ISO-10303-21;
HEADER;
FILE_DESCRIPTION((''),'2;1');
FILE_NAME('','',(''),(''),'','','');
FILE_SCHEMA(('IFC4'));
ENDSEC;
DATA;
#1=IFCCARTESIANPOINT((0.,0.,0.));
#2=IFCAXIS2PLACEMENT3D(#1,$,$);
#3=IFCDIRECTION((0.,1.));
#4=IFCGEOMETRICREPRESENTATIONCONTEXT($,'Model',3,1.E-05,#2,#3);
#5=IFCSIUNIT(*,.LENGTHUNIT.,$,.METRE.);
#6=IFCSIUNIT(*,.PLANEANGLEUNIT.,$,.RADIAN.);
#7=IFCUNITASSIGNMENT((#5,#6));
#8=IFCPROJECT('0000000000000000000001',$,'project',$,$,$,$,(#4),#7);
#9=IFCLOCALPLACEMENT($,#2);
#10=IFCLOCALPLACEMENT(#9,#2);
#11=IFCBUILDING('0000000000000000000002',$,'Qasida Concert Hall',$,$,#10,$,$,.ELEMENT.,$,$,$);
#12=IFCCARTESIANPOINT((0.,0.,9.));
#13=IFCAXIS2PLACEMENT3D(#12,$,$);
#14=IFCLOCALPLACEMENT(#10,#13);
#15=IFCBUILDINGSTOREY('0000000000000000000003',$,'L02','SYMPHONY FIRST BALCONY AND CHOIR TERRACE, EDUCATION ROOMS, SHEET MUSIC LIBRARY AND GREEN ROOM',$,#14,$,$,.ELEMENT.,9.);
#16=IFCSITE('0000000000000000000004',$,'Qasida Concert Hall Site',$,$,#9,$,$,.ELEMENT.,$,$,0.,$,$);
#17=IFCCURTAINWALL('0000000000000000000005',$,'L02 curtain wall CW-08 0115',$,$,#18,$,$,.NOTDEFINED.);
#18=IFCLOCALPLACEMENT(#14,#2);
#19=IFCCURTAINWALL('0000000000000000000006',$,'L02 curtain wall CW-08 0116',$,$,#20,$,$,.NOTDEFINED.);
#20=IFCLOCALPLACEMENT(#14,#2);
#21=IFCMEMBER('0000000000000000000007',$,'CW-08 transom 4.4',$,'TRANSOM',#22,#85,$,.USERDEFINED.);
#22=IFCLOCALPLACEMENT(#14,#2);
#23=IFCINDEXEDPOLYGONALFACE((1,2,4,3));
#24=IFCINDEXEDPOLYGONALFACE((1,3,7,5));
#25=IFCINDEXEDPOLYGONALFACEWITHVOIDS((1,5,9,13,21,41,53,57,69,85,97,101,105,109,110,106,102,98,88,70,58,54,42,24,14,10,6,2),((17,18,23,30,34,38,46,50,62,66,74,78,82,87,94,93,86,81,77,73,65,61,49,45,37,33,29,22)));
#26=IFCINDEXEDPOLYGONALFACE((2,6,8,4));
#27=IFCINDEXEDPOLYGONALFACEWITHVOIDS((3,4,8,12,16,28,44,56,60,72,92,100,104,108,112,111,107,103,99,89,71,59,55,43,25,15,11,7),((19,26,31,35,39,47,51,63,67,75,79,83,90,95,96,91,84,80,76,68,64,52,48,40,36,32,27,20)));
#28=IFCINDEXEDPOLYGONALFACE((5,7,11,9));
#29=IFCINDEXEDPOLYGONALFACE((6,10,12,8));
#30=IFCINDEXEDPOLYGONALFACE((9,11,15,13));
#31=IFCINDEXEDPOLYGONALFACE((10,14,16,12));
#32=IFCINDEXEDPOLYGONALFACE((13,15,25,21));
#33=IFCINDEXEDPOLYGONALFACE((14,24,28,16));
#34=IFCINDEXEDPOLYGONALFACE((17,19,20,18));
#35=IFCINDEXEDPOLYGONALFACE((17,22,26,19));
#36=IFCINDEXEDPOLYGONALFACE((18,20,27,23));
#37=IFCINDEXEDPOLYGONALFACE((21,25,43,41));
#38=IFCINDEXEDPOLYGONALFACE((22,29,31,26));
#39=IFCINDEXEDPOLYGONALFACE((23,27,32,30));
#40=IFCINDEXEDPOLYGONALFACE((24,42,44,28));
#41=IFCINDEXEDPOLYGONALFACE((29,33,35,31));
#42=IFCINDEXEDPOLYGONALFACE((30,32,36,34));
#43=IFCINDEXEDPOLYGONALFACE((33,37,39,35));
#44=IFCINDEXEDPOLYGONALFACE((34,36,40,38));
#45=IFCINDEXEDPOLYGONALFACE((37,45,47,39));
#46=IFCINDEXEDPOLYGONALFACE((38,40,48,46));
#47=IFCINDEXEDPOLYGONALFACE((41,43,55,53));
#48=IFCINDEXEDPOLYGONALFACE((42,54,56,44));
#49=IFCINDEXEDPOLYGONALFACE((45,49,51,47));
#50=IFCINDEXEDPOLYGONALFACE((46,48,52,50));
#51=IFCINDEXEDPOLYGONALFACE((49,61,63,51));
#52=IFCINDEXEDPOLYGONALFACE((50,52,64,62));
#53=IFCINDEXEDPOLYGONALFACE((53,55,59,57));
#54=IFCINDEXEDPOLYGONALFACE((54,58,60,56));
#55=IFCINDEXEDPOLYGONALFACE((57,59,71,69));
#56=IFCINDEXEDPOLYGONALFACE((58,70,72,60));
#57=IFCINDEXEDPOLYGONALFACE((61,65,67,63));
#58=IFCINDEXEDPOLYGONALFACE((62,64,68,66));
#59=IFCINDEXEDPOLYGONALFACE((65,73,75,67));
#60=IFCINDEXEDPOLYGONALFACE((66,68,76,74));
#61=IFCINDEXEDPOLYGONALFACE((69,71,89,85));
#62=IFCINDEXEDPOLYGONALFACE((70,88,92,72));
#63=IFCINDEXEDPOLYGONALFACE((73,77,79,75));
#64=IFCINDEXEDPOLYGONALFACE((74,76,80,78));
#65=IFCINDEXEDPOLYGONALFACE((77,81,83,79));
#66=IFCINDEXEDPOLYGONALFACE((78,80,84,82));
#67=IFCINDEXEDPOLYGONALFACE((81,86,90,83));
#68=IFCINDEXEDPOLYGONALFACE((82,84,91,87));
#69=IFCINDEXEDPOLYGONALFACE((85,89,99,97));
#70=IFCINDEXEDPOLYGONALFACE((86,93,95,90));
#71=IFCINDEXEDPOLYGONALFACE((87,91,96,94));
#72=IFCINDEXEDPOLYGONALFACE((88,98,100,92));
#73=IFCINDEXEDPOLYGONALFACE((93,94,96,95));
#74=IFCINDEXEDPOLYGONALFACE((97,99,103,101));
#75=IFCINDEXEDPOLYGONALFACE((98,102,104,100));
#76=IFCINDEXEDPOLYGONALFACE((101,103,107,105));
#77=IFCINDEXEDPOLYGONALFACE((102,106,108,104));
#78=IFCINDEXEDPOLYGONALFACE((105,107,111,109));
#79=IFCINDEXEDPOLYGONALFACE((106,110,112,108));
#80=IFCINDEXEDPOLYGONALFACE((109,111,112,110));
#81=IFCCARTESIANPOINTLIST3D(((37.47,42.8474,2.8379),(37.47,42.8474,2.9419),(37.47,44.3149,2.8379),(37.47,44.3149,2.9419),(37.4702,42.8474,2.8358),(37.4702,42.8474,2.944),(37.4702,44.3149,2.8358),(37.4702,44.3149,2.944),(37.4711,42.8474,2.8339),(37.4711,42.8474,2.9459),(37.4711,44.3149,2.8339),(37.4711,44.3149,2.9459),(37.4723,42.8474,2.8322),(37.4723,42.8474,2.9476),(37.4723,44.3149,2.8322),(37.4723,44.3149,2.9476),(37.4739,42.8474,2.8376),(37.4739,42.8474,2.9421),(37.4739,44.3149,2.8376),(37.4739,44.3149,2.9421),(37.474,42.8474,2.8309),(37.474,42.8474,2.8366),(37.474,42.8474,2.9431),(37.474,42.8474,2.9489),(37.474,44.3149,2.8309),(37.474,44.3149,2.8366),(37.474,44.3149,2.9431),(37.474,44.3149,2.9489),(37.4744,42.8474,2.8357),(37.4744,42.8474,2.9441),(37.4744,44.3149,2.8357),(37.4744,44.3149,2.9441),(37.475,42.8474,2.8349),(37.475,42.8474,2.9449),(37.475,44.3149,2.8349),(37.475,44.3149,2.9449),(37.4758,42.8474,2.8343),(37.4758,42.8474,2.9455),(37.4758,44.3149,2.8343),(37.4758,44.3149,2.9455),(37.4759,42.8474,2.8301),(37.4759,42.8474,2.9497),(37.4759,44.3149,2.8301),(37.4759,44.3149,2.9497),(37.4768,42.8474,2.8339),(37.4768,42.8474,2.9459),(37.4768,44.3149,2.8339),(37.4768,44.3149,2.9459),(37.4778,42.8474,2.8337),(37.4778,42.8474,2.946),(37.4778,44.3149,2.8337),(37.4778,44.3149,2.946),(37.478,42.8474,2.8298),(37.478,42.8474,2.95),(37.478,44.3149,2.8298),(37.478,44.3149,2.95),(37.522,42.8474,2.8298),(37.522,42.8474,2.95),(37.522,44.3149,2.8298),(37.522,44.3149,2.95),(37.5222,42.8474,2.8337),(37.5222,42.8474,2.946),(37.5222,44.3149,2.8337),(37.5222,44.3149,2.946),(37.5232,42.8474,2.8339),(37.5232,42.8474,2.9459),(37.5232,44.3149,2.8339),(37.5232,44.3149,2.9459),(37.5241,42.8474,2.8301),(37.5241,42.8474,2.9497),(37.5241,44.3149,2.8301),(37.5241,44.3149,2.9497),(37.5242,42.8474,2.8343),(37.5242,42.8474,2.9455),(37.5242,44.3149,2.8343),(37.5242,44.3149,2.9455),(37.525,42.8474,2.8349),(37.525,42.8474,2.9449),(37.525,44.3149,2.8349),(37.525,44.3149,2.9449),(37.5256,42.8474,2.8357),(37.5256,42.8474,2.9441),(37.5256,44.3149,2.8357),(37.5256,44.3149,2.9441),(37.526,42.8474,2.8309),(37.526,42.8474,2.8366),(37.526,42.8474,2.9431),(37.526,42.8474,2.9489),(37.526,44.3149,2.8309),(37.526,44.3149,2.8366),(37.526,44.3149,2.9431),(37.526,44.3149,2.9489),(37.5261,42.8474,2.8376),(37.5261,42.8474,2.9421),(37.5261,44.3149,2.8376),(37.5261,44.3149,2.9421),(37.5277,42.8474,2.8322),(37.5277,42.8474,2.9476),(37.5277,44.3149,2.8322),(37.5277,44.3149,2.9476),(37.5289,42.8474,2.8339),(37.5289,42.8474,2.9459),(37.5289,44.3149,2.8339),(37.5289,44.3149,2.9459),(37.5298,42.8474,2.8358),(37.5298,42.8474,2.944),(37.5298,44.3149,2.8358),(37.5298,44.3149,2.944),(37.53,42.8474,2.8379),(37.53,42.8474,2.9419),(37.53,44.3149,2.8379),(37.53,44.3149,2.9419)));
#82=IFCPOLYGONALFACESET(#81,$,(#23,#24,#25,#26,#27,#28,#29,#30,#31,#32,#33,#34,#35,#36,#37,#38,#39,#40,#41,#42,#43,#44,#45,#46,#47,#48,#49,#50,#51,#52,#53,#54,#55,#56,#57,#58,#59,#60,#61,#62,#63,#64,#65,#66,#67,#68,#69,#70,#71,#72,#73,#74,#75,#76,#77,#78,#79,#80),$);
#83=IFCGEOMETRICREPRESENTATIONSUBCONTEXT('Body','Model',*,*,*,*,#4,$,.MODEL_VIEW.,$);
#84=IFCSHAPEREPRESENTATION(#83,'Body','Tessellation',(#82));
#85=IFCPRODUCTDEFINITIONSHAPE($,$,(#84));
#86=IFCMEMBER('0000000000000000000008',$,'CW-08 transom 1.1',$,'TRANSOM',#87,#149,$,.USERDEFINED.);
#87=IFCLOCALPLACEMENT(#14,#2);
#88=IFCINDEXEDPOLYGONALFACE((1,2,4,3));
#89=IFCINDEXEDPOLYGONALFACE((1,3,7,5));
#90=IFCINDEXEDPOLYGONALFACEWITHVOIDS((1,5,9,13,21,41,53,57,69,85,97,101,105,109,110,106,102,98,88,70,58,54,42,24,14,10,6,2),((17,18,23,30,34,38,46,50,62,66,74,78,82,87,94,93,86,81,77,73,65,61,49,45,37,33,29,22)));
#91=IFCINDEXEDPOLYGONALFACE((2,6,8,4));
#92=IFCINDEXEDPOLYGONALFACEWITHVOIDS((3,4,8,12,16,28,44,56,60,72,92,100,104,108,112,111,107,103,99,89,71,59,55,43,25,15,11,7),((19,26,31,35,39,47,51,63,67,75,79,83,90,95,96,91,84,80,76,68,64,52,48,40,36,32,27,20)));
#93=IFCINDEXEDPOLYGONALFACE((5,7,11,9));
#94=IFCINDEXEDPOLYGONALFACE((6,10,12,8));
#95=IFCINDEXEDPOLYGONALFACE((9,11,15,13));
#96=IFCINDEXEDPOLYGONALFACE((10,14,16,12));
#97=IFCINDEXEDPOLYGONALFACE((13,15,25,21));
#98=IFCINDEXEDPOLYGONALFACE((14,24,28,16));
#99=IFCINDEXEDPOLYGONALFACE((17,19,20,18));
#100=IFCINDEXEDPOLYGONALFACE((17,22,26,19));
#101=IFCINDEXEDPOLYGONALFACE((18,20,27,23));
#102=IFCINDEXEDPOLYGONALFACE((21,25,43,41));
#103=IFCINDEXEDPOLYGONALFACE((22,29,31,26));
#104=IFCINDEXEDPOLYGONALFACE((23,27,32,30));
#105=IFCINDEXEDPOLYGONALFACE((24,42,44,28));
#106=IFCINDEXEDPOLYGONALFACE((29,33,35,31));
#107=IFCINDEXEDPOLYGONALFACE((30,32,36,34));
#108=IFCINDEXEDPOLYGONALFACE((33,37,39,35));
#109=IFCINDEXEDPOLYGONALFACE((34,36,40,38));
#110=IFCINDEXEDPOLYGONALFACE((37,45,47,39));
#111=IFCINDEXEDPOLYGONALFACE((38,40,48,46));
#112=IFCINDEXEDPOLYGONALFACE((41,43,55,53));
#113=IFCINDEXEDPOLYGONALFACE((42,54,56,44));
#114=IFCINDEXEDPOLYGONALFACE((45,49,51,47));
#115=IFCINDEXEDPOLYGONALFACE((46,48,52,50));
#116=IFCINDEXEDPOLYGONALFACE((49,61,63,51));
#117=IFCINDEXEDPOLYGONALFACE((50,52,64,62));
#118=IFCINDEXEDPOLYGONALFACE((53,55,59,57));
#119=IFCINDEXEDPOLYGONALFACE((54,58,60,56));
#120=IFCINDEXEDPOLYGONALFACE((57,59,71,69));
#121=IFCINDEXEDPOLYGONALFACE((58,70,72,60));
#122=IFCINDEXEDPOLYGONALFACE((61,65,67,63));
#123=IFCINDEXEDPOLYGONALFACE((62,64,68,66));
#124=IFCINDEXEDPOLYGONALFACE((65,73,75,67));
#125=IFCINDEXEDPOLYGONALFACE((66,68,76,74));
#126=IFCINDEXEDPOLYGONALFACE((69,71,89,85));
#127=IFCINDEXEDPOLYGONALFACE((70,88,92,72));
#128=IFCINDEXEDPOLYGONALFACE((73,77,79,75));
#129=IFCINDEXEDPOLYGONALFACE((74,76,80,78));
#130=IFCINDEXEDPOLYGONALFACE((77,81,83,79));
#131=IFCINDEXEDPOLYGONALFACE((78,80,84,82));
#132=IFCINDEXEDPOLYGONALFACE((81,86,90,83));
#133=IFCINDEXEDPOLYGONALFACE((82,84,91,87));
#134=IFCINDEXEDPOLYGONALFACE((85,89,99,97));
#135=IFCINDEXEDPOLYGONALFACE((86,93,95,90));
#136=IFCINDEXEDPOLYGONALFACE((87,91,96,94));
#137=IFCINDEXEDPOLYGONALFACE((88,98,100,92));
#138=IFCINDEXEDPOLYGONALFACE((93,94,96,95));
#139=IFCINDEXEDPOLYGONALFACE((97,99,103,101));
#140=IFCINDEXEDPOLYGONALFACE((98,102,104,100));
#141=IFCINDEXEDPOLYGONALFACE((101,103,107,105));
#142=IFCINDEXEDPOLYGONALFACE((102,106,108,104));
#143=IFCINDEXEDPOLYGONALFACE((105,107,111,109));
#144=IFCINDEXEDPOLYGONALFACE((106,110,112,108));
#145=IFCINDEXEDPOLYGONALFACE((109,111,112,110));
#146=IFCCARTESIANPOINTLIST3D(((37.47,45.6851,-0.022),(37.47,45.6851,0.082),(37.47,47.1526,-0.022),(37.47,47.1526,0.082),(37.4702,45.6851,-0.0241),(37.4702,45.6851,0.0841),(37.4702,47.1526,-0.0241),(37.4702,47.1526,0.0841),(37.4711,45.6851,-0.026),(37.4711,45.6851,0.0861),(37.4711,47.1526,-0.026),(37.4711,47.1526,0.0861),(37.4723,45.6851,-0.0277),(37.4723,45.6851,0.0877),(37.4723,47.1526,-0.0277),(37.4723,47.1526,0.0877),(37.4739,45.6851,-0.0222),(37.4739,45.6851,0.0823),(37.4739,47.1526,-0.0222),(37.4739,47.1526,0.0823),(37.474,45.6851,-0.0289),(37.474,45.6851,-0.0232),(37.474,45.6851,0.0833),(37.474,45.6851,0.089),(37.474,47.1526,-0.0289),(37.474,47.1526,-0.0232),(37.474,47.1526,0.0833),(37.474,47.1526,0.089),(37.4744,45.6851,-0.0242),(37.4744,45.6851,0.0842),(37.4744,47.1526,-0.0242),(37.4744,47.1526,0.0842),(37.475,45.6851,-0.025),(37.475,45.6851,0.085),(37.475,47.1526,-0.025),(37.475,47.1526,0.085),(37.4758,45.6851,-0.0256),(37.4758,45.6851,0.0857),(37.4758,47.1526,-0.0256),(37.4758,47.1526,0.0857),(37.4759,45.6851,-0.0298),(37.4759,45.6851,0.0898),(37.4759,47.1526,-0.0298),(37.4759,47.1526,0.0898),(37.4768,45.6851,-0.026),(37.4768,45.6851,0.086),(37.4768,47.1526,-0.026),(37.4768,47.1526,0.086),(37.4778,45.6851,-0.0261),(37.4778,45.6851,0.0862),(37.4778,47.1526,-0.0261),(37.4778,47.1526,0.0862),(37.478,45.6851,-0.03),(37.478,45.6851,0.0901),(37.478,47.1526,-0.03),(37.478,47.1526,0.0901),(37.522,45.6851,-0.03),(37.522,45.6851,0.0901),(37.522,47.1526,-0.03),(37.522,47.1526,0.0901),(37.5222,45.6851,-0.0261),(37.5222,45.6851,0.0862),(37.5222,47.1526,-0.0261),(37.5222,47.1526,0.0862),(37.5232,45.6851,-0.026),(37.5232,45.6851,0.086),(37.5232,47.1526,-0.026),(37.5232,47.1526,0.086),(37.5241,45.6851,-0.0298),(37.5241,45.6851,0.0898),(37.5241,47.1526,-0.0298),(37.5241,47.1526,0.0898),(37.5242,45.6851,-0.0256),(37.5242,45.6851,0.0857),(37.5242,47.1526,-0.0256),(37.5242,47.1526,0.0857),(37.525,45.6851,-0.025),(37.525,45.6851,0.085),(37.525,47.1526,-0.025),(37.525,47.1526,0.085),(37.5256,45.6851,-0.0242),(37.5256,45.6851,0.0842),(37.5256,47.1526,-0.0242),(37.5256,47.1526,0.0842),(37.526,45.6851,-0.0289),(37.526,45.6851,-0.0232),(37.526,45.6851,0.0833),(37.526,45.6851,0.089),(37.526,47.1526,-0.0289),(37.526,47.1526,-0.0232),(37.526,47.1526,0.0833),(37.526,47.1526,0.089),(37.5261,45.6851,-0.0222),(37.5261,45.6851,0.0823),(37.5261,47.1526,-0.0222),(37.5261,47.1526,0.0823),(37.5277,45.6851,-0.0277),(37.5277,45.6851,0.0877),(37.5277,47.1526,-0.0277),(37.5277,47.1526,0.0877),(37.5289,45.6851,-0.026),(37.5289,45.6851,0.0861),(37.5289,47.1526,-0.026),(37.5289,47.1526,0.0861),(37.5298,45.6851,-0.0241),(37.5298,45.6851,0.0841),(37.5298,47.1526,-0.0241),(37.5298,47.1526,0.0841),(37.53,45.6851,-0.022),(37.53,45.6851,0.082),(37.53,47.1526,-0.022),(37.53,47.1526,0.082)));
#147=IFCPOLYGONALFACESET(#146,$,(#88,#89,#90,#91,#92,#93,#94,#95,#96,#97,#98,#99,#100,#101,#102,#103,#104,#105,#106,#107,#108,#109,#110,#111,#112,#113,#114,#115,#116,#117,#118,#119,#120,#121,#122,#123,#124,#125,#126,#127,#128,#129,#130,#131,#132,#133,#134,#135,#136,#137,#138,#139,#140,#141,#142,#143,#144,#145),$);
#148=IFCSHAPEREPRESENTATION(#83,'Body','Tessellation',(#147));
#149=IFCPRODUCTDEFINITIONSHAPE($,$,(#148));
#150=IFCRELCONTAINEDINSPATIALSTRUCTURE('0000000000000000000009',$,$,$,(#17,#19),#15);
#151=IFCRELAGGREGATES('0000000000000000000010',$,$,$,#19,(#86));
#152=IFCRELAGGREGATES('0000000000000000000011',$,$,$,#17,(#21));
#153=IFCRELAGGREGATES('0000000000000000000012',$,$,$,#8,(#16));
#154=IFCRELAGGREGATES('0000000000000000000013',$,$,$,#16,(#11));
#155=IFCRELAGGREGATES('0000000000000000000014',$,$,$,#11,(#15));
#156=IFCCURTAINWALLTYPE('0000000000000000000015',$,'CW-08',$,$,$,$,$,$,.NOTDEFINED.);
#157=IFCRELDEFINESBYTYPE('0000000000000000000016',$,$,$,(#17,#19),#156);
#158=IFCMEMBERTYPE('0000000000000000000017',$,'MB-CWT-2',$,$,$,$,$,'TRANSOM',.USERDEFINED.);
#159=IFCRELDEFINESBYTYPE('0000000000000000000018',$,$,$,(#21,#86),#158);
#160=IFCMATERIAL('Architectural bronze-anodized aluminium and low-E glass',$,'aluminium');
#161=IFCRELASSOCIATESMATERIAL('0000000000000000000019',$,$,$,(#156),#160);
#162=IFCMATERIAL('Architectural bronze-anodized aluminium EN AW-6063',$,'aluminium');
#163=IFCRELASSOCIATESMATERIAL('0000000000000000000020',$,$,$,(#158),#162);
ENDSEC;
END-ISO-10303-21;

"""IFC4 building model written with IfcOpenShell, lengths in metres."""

from ifc_helpers import new_model, si_unit, direction, frame, origin, origin_2d, place, context, subcontext, project, spatial, hollow_rectangle, extrude, material, material_profile, profile_set, type_object, element, aggregate, save


model = new_model("IFC4")

# Units and contexts
model_context = context("Model", 3, precision=1e-05, world=origin(), true_north=direction((0.0, 1.0)))
body_context = subcontext(model_context, "Body", "Model", "MODEL_VIEW")
ifc_project = project(units=[si_unit("LENGTHUNIT", "METRE"), si_unit("PLANEANGLEUNIT", "RADIAN")], contexts=[model_context])

# Site, building, storey
site_placement = place(None, origin())
site = spatial("IfcSite", under=ifc_project, at=site_placement, Name="Qasida Concert Hall Site", CompositionType="ELEMENT", RefElevation=0.0)
building_placement = place(site_placement, origin())
building = spatial("IfcBuilding", under=site, at=building_placement, Name="Qasida Concert Hall", CompositionType="ELEMENT")
storey_placement = place(building_placement, frame((0.0, 0.0, 9.0)))
storey = spatial("IfcBuildingStorey", under=building, at=storey_placement, Name="L02", Description="SYMPHONY FIRST BALCONY AND CHOIR TERRACE, EDUCATION ROOMS, SHEET MUSIC LIBRARY AND GREEN ROOM", CompositionType="ELEMENT", Elevation=9.0)

# Curtain wall
ifc_material_1 = material(Name="Architectural bronze-anodized aluminium and low-E glass", Category="aluminium")
curtain_wall_type = type_object("IfcCurtainWallType", Name="CW-08", PredefinedType="NOTDEFINED", material=ifc_material_1)
curtain_wall_1_placement = place(storey_placement, origin())
curtain_wall_1 = element("IfcCurtainWall", 1, at=curtain_wall_1_placement, inside=storey, type_object=curtain_wall_type, Name="L02 curtain wall CW-08 0115", PredefinedType="NOTDEFINED")
ifc_material_2 = material(Name="Architectural bronze-anodized aluminium EN AW-6063", Category="aluminium")

# Curtain wall
curtain_wall_2_placement = place(storey_placement, origin())
curtain_wall_2 = element("IfcCurtainWall", 2, at=curtain_wall_2_placement, inside=storey, type_object=curtain_wall_type, Name="L02 curtain wall CW-08 0116", PredefinedType="NOTDEFINED")
ifc_material_profile_1 = material_profile(ifc_material_2, hollow_rectangle(XDim=0.0601, YDim=0.1201, WallThickness=0.0039, InnerFilletRadius=0.0039, OuterFilletRadius=0.0081, at=origin_2d()), Name="CWT 120x60x4")
ifc_profile_set_1 = profile_set([ifc_material_profile_1], Name="Architectural bronze-anodized aluminium EN AW-6063")
member_type_1 = type_object("IfcMemberType", Name="MB-CWT-2", ElementType="TRANSOM", PredefinedType="USERDEFINED", material=ifc_profile_set_1)

# Members
member_1_placement = place(storey_placement, frame((37.5, 42.8474, 2.8899), z_axis=(0.0, 1.0, 0.0), x_axis=(-1.0, 0.0, 0.0)))
member_1 = element("IfcMember", 3, at=member_1_placement, type_object=member_type_1, Name="CW-08 transom 4.4", ObjectType="TRANSOM", PredefinedType="USERDEFINED", context=body_context, shape_type="SweptSolid", body=[
    extrude(hollow_rectangle(XDim=0.0601, YDim=0.1201, WallThickness=0.0039, InnerFilletRadius=0.0039, OuterFilletRadius=0.0081, at=origin_2d()), origin(), (0.0, 0.0, 1.0), 1.4675),
])
member_2_placement = place(storey_placement, frame((37.5, 45.6851, 0.03), z_axis=(0.0, 1.0, 0.0), x_axis=(-1.0, 0.0, 0.0)))
member_2 = element("IfcMember", 4, at=member_2_placement, type_object=member_type_1, Name="CW-08 transom 1.1", ObjectType="TRANSOM", PredefinedType="USERDEFINED", context=body_context, shape_type="SweptSolid", body=[
    extrude(hollow_rectangle(XDim=0.0601, YDim=0.1201, WallThickness=0.0039, InnerFilletRadius=0.0039, OuterFilletRadius=0.0081, at=origin_2d()), origin(), (0.0, 0.0, 1.0), 1.4675),
])
aggregate(curtain_wall_2, [member_2])

aggregate(curtain_wall_1, [member_1])

save(model, "model.ifc")
